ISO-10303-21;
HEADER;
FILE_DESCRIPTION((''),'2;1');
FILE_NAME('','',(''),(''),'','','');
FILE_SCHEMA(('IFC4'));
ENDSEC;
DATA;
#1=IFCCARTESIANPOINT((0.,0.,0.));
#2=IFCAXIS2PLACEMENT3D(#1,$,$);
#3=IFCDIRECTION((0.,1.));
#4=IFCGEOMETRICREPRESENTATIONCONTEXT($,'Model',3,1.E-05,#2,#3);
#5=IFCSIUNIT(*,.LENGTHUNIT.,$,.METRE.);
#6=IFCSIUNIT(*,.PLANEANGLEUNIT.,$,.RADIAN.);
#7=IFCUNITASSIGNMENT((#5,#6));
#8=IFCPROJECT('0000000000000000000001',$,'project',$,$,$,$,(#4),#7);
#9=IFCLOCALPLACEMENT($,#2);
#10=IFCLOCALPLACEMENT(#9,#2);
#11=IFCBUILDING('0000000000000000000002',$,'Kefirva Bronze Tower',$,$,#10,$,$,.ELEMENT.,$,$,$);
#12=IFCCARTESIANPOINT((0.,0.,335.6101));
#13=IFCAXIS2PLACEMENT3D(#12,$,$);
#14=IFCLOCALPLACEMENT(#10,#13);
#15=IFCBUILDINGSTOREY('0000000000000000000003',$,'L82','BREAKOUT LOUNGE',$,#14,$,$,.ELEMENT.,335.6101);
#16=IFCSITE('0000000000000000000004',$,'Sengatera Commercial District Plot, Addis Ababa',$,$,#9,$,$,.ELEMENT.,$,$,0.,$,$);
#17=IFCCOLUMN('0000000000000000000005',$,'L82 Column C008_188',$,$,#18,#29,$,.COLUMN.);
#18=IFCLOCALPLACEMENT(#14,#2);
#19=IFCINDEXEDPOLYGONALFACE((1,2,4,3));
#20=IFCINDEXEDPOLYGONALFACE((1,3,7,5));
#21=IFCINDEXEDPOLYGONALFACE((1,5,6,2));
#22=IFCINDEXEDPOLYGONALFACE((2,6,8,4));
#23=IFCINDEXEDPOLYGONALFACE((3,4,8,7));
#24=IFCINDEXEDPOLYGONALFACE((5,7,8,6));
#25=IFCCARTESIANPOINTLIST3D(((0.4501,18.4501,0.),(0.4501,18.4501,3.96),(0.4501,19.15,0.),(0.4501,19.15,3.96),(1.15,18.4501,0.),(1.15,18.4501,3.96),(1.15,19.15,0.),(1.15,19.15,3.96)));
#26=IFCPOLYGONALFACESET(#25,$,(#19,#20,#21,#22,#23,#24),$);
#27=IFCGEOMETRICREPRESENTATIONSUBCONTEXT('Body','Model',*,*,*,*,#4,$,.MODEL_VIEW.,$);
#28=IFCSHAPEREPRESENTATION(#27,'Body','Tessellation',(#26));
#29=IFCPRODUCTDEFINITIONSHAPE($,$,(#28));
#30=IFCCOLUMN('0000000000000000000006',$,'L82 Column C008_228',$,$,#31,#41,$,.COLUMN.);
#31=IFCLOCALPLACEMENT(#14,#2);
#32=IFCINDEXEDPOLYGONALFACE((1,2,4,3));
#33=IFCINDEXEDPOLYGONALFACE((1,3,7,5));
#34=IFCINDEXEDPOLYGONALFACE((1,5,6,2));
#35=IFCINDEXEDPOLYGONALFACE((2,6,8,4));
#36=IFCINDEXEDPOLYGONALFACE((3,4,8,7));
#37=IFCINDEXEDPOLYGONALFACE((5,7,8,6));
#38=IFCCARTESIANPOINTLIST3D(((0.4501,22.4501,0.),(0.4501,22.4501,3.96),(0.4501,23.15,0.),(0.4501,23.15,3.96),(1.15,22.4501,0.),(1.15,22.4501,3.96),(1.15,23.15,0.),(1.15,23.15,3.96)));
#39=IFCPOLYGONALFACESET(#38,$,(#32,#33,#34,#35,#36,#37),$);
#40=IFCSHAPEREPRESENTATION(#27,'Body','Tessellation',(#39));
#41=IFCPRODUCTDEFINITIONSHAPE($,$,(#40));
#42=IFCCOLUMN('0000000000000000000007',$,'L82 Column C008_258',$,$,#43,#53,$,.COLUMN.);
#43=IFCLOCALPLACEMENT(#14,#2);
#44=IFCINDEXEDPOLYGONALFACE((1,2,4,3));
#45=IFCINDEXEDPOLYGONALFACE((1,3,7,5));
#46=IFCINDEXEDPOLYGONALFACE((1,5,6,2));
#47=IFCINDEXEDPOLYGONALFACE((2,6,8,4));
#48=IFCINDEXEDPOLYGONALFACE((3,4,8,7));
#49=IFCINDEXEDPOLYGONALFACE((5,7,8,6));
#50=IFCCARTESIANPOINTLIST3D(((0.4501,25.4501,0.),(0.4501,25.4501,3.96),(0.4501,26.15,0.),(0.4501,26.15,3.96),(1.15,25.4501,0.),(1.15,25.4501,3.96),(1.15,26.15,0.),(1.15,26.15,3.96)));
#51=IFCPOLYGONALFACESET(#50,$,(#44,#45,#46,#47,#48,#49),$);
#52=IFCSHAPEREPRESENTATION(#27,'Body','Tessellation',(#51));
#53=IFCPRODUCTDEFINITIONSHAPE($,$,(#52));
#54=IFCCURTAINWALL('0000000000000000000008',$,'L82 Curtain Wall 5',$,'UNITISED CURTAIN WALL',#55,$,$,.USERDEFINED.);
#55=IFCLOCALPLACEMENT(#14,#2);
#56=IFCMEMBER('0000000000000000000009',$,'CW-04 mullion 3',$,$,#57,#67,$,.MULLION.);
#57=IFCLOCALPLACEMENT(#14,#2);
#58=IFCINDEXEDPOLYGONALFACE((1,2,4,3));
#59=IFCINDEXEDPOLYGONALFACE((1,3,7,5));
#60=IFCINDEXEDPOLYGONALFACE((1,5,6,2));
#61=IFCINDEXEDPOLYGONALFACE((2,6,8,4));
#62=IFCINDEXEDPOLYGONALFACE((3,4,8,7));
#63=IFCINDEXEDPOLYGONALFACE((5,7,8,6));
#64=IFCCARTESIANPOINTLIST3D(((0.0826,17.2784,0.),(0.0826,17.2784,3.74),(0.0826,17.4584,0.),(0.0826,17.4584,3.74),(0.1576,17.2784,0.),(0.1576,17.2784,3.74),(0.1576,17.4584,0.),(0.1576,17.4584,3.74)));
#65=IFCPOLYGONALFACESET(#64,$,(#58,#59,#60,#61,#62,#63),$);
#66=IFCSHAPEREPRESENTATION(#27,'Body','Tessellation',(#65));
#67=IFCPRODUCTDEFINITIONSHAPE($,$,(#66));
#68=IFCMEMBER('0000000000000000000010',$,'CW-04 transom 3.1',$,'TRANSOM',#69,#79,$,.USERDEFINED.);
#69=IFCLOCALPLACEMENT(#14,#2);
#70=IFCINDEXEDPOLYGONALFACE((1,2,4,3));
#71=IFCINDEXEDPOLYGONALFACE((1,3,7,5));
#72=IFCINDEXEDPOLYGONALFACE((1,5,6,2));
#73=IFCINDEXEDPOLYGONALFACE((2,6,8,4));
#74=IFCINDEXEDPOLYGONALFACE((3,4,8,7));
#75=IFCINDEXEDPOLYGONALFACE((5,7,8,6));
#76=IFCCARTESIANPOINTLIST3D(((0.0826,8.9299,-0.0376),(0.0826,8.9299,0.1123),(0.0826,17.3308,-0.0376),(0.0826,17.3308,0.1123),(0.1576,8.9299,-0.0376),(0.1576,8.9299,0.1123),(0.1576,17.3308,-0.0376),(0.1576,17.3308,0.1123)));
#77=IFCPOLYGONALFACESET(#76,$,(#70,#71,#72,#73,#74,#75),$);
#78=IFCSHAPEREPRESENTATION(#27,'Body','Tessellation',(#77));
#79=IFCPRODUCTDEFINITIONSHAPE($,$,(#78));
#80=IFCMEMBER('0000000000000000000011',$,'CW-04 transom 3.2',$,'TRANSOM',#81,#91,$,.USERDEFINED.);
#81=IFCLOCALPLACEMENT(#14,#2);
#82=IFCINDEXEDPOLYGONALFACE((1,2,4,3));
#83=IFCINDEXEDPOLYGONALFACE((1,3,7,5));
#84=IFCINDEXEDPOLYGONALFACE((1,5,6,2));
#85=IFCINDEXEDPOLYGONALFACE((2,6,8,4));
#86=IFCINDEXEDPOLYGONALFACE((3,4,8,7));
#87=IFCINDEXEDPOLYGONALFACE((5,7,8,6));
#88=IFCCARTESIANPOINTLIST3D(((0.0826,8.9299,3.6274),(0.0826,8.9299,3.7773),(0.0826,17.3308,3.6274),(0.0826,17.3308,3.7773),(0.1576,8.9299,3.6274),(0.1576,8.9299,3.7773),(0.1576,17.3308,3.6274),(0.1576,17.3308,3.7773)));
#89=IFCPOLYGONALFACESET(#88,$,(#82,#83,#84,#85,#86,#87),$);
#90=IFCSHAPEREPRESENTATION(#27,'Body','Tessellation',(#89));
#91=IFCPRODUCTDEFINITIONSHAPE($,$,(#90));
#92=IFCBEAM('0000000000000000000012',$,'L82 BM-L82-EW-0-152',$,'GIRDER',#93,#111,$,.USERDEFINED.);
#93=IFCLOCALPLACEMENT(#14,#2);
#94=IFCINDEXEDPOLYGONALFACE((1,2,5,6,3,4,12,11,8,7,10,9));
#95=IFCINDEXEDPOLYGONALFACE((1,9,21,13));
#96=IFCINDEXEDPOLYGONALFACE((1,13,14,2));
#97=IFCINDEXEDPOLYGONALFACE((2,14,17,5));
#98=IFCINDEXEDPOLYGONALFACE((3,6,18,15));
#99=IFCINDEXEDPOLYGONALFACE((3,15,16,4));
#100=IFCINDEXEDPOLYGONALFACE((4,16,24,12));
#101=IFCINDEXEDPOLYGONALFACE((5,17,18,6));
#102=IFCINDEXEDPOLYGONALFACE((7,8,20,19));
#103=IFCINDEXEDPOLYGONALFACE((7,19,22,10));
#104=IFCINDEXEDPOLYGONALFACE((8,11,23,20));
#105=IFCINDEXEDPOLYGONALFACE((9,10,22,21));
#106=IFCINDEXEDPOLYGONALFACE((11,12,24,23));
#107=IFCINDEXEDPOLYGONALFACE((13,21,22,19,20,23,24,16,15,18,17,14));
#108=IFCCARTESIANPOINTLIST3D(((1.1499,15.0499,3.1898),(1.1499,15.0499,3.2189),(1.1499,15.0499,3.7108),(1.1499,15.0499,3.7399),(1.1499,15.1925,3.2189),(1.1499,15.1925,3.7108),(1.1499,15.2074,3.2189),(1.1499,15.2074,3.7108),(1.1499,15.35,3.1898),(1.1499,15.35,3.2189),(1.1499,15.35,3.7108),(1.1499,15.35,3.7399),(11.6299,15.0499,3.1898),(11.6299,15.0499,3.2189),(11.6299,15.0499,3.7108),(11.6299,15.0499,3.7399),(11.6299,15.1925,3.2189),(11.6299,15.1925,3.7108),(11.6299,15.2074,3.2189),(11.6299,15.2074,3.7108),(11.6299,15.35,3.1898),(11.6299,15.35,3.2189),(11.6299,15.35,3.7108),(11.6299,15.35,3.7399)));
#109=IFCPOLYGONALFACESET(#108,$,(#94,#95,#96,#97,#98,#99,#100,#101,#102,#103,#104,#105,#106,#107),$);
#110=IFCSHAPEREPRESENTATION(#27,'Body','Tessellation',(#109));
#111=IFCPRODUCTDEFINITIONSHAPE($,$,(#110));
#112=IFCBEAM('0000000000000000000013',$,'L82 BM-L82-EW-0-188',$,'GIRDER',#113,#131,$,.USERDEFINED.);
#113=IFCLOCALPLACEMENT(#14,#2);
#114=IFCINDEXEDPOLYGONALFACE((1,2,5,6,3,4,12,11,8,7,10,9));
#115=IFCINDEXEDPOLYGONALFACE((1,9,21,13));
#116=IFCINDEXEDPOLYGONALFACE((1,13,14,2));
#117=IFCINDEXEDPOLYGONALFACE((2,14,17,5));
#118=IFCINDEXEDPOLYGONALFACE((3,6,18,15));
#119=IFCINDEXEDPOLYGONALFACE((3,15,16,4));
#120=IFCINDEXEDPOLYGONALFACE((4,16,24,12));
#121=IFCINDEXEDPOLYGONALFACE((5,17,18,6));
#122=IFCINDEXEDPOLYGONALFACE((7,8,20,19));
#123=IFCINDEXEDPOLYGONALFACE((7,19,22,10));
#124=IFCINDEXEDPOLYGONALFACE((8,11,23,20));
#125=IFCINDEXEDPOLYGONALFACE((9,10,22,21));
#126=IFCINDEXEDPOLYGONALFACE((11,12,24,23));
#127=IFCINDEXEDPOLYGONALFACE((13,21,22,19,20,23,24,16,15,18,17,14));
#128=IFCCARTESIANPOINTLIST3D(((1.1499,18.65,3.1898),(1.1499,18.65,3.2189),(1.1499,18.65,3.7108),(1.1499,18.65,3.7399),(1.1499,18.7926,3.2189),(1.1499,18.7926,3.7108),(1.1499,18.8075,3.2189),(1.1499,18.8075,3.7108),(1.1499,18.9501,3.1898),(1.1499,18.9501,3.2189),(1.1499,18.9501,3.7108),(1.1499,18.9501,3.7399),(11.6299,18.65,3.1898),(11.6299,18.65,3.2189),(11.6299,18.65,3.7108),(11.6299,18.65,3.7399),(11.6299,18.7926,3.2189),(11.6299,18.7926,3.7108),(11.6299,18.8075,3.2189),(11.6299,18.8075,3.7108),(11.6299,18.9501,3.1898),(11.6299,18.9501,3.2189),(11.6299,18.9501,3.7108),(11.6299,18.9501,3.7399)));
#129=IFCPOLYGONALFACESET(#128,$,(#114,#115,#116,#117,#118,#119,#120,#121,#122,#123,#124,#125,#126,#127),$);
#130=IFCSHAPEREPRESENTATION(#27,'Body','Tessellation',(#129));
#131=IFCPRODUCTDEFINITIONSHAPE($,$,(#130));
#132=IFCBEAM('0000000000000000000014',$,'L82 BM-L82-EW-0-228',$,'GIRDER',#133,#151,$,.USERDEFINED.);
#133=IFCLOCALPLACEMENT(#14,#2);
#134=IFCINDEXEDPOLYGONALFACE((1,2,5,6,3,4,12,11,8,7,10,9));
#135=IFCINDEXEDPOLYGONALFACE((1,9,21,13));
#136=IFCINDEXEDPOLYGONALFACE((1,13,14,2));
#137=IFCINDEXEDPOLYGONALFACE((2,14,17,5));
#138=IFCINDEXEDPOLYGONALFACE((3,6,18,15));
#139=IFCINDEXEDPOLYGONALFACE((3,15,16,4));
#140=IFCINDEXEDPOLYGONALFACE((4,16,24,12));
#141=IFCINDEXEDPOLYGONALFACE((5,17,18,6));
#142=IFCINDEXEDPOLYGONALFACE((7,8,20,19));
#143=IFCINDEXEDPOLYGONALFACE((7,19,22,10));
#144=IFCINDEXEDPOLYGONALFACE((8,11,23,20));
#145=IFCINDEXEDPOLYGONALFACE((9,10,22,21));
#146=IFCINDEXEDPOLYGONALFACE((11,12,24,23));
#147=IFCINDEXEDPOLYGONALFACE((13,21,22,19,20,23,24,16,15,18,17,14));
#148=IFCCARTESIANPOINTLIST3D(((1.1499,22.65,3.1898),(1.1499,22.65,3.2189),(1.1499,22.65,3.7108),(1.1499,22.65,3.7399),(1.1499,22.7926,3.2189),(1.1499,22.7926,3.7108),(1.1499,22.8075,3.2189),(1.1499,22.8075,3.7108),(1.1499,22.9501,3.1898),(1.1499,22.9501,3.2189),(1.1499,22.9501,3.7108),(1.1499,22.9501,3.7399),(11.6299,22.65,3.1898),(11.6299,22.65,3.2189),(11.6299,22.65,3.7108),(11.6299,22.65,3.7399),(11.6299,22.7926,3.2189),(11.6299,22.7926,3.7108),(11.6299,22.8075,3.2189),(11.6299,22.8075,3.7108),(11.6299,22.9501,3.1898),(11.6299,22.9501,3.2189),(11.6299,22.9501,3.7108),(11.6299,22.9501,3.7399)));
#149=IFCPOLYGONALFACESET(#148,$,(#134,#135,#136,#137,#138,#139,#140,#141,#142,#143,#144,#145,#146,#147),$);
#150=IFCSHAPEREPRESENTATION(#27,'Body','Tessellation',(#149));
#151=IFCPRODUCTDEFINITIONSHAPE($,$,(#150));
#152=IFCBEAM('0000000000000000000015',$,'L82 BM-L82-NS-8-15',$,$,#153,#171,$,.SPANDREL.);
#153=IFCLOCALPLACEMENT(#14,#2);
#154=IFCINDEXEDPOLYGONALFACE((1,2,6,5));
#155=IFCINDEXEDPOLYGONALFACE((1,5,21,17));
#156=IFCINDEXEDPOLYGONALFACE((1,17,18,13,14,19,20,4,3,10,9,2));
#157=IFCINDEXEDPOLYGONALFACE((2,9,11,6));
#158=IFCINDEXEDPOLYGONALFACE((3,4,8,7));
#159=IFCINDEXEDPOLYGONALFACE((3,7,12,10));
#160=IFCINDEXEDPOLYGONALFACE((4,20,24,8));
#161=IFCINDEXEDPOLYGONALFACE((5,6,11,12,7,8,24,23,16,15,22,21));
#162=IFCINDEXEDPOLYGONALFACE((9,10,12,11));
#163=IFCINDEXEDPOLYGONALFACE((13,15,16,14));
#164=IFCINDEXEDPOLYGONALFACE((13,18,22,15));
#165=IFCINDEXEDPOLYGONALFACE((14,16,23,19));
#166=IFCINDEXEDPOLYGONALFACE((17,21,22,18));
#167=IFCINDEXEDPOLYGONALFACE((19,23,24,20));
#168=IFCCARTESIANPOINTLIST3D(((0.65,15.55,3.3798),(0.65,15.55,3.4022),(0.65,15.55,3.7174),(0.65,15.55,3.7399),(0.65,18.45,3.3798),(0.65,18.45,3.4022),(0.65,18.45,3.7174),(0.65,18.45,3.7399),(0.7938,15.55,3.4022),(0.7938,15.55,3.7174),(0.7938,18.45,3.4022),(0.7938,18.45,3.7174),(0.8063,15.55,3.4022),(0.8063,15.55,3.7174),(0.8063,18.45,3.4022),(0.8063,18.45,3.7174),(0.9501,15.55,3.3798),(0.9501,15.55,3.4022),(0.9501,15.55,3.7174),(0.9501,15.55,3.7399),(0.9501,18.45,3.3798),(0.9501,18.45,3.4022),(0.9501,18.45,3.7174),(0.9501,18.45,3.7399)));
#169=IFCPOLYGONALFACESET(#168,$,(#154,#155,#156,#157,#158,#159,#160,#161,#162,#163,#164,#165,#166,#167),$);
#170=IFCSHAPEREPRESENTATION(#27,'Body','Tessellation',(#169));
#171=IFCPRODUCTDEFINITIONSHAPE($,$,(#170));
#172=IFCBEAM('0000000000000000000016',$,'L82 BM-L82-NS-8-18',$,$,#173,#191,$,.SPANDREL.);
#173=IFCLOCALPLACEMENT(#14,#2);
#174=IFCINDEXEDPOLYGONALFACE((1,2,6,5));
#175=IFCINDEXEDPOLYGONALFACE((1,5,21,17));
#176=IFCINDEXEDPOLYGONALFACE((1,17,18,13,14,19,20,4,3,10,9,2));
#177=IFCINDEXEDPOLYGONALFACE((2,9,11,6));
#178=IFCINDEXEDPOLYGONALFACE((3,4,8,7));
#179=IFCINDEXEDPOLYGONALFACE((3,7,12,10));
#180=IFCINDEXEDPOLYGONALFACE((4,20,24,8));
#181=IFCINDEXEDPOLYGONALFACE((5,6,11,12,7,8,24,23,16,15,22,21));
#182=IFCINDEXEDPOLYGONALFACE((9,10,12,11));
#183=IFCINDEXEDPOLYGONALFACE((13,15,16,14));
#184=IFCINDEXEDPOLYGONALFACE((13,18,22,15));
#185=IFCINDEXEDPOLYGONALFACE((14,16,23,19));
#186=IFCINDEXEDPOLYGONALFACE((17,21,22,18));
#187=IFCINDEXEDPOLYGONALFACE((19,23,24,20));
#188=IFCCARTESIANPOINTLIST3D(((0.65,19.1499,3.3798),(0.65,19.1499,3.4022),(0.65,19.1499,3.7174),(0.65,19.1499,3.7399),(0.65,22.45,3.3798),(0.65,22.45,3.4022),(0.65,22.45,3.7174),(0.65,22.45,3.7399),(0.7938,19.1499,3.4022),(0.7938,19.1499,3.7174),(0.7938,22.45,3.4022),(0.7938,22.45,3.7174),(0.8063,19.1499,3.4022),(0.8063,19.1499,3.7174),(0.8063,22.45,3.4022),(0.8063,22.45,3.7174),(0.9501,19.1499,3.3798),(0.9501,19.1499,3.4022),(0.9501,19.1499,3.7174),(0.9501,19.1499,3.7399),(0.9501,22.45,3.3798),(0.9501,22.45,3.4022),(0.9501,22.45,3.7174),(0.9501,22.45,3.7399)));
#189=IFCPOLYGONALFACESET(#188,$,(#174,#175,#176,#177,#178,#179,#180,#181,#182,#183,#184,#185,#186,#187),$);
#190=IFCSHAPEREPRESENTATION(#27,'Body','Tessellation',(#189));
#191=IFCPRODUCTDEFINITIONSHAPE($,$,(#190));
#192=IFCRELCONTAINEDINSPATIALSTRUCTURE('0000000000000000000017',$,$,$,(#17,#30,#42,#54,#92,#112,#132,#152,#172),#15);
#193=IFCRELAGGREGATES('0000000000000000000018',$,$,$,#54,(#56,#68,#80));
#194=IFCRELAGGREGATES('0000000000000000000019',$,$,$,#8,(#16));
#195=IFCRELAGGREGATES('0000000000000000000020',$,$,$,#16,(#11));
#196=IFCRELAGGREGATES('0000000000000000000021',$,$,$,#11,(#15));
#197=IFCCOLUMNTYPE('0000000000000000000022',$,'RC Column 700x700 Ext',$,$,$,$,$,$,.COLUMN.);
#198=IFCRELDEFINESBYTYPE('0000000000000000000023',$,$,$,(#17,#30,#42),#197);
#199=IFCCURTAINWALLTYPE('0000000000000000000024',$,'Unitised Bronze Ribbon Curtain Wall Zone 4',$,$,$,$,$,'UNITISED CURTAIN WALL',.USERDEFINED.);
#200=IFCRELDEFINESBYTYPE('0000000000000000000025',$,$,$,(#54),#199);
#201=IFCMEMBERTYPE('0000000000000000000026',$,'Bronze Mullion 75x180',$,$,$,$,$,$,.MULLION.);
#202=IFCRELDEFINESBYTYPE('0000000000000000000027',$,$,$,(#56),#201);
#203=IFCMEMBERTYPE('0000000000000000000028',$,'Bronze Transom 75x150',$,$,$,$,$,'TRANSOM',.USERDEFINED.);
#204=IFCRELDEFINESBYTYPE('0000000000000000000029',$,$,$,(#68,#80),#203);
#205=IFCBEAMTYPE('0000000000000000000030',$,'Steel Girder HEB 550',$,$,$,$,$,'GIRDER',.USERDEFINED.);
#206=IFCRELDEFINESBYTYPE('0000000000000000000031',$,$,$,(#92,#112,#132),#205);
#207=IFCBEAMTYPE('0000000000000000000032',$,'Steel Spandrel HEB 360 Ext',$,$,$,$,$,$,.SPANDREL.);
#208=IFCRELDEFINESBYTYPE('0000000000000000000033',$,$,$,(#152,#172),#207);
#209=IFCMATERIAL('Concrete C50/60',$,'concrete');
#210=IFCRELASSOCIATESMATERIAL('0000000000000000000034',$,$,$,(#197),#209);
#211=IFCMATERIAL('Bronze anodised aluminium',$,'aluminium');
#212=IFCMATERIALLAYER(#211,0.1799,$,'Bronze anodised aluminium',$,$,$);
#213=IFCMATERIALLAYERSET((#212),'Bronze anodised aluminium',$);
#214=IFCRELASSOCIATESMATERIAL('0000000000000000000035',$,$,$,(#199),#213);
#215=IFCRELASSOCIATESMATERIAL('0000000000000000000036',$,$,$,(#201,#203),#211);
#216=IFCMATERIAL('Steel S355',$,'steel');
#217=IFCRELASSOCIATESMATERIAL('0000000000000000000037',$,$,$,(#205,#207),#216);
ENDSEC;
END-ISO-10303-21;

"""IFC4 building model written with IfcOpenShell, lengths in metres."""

from ifc_helpers import new_model, si_unit, direction, frame, origin, origin_2d, place, context, subcontext, project, spatial, rectangle, i_section, extrude, material, layer, layer_set, material_profile, profile_set, type_object, element, aggregate, save


model = new_model("IFC4")

# Units and contexts
model_context = context("Model", 3, precision=1e-05, world=origin(), true_north=direction((0.0, 1.0)))
body_context = subcontext(model_context, "Body", "Model", "MODEL_VIEW")
ifc_project = project(units=[si_unit("LENGTHUNIT", "METRE"), si_unit("PLANEANGLEUNIT", "RADIAN")], contexts=[model_context])

# Site, building, storey
site_placement = place(None, origin())
site = spatial("IfcSite", under=ifc_project, at=site_placement, Name="Sengatera Commercial District Plot, Addis Ababa", CompositionType="ELEMENT", RefElevation=0.0)
building_placement = place(site_placement, origin())
building = spatial("IfcBuilding", under=site, at=building_placement, Name="Kefirva Bronze Tower", CompositionType="ELEMENT")
storey_placement = place(building_placement, frame((0.0, 0.0, 335.6101)))
storey = spatial("IfcBuildingStorey", under=building, at=storey_placement, Name="L82", Description="BREAKOUT LOUNGE", CompositionType="ELEMENT", Elevation=335.6101)

# Columns
ifc_material_1 = material(Name="Concrete C50/60", Category="concrete")
ifc_material_profile_1 = material_profile(ifc_material_1, rectangle(XDim=0.7, YDim=0.7, at=origin_2d()), Name="RC 700x700")
ifc_profile_set_1 = profile_set([ifc_material_profile_1], Name="Concrete C50/60")
column_type = type_object("IfcColumnType", Name="RC Column 700x700 Ext", PredefinedType="COLUMN", material=ifc_profile_set_1)
for number, where, z_axis, x_axis, name in (
    (1, (0.8, 18.8, 0.0), (0.0, 0.0, 1.0), (1.0, 0.0, 0.0), "L82 Column C008_188"),
    (2, (0.8, 22.8, 0.0), (0.0, 0.0, 1.0), (1.0, 0.0, 0.0), "L82 Column C008_228"),
    (3, (0.8, 25.8, 0.0), (0.0, 0.0, 1.0), (1.0, 0.0, 0.0), "L82 Column C008_258"),
):
    element("IfcColumn", number, at=place(storey_placement, frame(where, z_axis=z_axis, x_axis=x_axis)), inside=storey, type_object=column_type, Name=name, PredefinedType="COLUMN", context=body_context, shape_type="SweptSolid", body=[
        extrude(rectangle(XDim=0.7, YDim=0.7, at=origin_2d()), origin(), (0.0, 0.0, 1.0), 3.96),
    ])

# Curtain wall, members
ifc_material_2 = material(Name="Bronze anodised aluminium", Category="aluminium")
ifc_layer_1 = layer(ifc_material_2, 0.1799, Name="Bronze anodised aluminium")
ifc_layer_set_1 = layer_set([ifc_layer_1], Name="Bronze anodised aluminium")
curtain_wall_type = type_object("IfcCurtainWallType", Name="Unitised Bronze Ribbon Curtain Wall Zone 4", ElementType="UNITISED CURTAIN WALL", PredefinedType="USERDEFINED", material=ifc_layer_set_1)
curtain_wall_placement = place(storey_placement, origin())
curtain_wall = element("IfcCurtainWall", 4, at=curtain_wall_placement, inside=storey, type_object=curtain_wall_type, Name="L82 Curtain Wall 5", ObjectType="UNITISED CURTAIN WALL", PredefinedType="USERDEFINED")
ifc_material_profile_2 = material_profile(ifc_material_2, rectangle(XDim=0.075, YDim=0.1799, at=origin_2d()), Name="ALU 75x180")
ifc_profile_set_2 = profile_set([ifc_material_profile_2], Name="Bronze anodised aluminium")
member_type_1 = type_object("IfcMemberType", Name="Bronze Mullion 75x180", PredefinedType="MULLION", material=ifc_profile_set_2)
member_1_placement = place(storey_placement, frame((0.1201, 17.3684, 0.0), z_axis=(0.0, 0.0, 1.0), x_axis=(1.0, 0.0, 0.0)))
member_1 = element("IfcMember", 5, at=member_1_placement, type_object=member_type_1, Name="CW-04 mullion 3", PredefinedType="MULLION", context=body_context, shape_type="SweptSolid", body=[
    extrude(rectangle(XDim=0.075, YDim=0.1799, at=origin_2d()), origin(), (0.0, 0.0, 1.0), 3.74),
])
ifc_material_profile_3 = material_profile(ifc_material_2, rectangle(XDim=0.075, YDim=0.1499, at=origin_2d()), Name="ALU 75x150")
ifc_profile_set_3 = profile_set([ifc_material_profile_3], Name="Bronze anodised aluminium")
member_type_2 = type_object("IfcMemberType", Name="Bronze Transom 75x150", ElementType="TRANSOM", PredefinedType="USERDEFINED", material=ifc_profile_set_3)
member_2_placement = place(storey_placement, frame((0.1201, 17.3308, 0.0374), z_axis=(0.0, -1.0, 0.0), x_axis=(1.0, 0.0, 0.0)))
member_2 = element("IfcMember", 6, at=member_2_placement, type_object=member_type_2, Name="CW-04 transom 3.1", ObjectType="TRANSOM", PredefinedType="USERDEFINED", context=body_context, shape_type="SweptSolid", body=[
    extrude(rectangle(XDim=0.075, YDim=0.1499, at=origin_2d()), origin(), (0.0, 0.0, 1.0), 8.4009),
])
member_3_placement = place(storey_placement, frame((0.1201, 17.3308, 3.7024), z_axis=(0.0, -1.0, 0.0), x_axis=(1.0, 0.0, 0.0)))
member_3 = element("IfcMember", 7, at=member_3_placement, type_object=member_type_2, Name="CW-04 transom 3.2", ObjectType="TRANSOM", PredefinedType="USERDEFINED", context=body_context, shape_type="SweptSolid", body=[
    extrude(rectangle(XDim=0.075, YDim=0.1499, at=origin_2d()), origin(), (0.0, 0.0, 1.0), 8.4009),
])

# Beams
ifc_material_3 = material(Name="Steel S355", Category="steel")
ifc_material_profile_4 = material_profile(ifc_material_3, i_section(OverallWidth=0.3, OverallDepth=0.55, WebThickness=0.0149, FlangeThickness=0.0291, at=origin_2d()), Name="HEB 550")
ifc_profile_set_4 = profile_set([ifc_material_profile_4], Name="Steel S355")
beam_type_1 = type_object("IfcBeamType", Name="Steel Girder HEB 550", ElementType="GIRDER", PredefinedType="USERDEFINED", material=ifc_profile_set_4)
for number, where, z_axis, x_axis, name in (
    (8, (1.1499, 15.2, 3.4648), (1.0, 0.0, 0.0), (0.0, 1.0, 0.0), "L82 BM-L82-EW-0-152"),
    (9, (1.1499, 18.8, 3.4648), (1.0, 0.0, 0.0), (0.0, 1.0, 0.0), "L82 BM-L82-EW-0-188"),
    (10, (1.1499, 22.8, 3.4648), (1.0, 0.0, 0.0), (0.0, 1.0, 0.0), "L82 BM-L82-EW-0-228"),
):
    element("IfcBeam", number, at=place(storey_placement, frame(where, z_axis=z_axis, x_axis=x_axis)), inside=storey, type_object=beam_type_1, Name=name, ObjectType="GIRDER", PredefinedType="USERDEFINED", context=body_context, shape_type="SweptSolid", body=[
        extrude(i_section(OverallWidth=0.3, OverallDepth=0.55, WebThickness=0.0149, FlangeThickness=0.0291, at=origin_2d()), origin(), (0.0, 0.0, 1.0), 10.48),
    ])
ifc_material_profile_5 = material_profile(ifc_material_3, i_section(OverallWidth=0.3, OverallDepth=0.3601, WebThickness=0.0125, FlangeThickness=0.0225, at=origin_2d()), Name="HEB 360")
ifc_profile_set_5 = profile_set([ifc_material_profile_5], Name="Steel S355")
beam_type_2 = type_object("IfcBeamType", Name="Steel Spandrel HEB 360 Ext", PredefinedType="SPANDREL", material=ifc_profile_set_5)
beam_1_placement = place(storey_placement, frame((0.8, 15.55, 3.5598), z_axis=(0.0, 1.0, 0.0), x_axis=(-1.0, 0.0, 0.0)))
element("IfcBeam", 11, at=beam_1_placement, inside=storey, type_object=beam_type_2, Name="L82 BM-L82-NS-8-15", PredefinedType="SPANDREL", context=body_context, shape_type="SweptSolid", body=[
    extrude(i_section(OverallWidth=0.3, OverallDepth=0.3601, WebThickness=0.0125, FlangeThickness=0.0225, at=origin_2d()), origin(), (0.0, 0.0, 1.0), 2.8999),
])
beam_2_placement = place(storey_placement, frame((0.8, 19.1499, 3.5598), z_axis=(0.0, 1.0, 0.0), x_axis=(-1.0, 0.0, 0.0)))
element("IfcBeam", 12, at=beam_2_placement, inside=storey, type_object=beam_type_2, Name="L82 BM-L82-NS-8-18", PredefinedType="SPANDREL", context=body_context, shape_type="SweptSolid", body=[
    extrude(i_section(OverallWidth=0.3, OverallDepth=0.3601, WebThickness=0.0125, FlangeThickness=0.0225, at=origin_2d()), origin(), (0.0, 0.0, 1.0), 3.3),
])

aggregate(curtain_wall, [member_1, member_2, member_3])

save(model, "model.ifc")
